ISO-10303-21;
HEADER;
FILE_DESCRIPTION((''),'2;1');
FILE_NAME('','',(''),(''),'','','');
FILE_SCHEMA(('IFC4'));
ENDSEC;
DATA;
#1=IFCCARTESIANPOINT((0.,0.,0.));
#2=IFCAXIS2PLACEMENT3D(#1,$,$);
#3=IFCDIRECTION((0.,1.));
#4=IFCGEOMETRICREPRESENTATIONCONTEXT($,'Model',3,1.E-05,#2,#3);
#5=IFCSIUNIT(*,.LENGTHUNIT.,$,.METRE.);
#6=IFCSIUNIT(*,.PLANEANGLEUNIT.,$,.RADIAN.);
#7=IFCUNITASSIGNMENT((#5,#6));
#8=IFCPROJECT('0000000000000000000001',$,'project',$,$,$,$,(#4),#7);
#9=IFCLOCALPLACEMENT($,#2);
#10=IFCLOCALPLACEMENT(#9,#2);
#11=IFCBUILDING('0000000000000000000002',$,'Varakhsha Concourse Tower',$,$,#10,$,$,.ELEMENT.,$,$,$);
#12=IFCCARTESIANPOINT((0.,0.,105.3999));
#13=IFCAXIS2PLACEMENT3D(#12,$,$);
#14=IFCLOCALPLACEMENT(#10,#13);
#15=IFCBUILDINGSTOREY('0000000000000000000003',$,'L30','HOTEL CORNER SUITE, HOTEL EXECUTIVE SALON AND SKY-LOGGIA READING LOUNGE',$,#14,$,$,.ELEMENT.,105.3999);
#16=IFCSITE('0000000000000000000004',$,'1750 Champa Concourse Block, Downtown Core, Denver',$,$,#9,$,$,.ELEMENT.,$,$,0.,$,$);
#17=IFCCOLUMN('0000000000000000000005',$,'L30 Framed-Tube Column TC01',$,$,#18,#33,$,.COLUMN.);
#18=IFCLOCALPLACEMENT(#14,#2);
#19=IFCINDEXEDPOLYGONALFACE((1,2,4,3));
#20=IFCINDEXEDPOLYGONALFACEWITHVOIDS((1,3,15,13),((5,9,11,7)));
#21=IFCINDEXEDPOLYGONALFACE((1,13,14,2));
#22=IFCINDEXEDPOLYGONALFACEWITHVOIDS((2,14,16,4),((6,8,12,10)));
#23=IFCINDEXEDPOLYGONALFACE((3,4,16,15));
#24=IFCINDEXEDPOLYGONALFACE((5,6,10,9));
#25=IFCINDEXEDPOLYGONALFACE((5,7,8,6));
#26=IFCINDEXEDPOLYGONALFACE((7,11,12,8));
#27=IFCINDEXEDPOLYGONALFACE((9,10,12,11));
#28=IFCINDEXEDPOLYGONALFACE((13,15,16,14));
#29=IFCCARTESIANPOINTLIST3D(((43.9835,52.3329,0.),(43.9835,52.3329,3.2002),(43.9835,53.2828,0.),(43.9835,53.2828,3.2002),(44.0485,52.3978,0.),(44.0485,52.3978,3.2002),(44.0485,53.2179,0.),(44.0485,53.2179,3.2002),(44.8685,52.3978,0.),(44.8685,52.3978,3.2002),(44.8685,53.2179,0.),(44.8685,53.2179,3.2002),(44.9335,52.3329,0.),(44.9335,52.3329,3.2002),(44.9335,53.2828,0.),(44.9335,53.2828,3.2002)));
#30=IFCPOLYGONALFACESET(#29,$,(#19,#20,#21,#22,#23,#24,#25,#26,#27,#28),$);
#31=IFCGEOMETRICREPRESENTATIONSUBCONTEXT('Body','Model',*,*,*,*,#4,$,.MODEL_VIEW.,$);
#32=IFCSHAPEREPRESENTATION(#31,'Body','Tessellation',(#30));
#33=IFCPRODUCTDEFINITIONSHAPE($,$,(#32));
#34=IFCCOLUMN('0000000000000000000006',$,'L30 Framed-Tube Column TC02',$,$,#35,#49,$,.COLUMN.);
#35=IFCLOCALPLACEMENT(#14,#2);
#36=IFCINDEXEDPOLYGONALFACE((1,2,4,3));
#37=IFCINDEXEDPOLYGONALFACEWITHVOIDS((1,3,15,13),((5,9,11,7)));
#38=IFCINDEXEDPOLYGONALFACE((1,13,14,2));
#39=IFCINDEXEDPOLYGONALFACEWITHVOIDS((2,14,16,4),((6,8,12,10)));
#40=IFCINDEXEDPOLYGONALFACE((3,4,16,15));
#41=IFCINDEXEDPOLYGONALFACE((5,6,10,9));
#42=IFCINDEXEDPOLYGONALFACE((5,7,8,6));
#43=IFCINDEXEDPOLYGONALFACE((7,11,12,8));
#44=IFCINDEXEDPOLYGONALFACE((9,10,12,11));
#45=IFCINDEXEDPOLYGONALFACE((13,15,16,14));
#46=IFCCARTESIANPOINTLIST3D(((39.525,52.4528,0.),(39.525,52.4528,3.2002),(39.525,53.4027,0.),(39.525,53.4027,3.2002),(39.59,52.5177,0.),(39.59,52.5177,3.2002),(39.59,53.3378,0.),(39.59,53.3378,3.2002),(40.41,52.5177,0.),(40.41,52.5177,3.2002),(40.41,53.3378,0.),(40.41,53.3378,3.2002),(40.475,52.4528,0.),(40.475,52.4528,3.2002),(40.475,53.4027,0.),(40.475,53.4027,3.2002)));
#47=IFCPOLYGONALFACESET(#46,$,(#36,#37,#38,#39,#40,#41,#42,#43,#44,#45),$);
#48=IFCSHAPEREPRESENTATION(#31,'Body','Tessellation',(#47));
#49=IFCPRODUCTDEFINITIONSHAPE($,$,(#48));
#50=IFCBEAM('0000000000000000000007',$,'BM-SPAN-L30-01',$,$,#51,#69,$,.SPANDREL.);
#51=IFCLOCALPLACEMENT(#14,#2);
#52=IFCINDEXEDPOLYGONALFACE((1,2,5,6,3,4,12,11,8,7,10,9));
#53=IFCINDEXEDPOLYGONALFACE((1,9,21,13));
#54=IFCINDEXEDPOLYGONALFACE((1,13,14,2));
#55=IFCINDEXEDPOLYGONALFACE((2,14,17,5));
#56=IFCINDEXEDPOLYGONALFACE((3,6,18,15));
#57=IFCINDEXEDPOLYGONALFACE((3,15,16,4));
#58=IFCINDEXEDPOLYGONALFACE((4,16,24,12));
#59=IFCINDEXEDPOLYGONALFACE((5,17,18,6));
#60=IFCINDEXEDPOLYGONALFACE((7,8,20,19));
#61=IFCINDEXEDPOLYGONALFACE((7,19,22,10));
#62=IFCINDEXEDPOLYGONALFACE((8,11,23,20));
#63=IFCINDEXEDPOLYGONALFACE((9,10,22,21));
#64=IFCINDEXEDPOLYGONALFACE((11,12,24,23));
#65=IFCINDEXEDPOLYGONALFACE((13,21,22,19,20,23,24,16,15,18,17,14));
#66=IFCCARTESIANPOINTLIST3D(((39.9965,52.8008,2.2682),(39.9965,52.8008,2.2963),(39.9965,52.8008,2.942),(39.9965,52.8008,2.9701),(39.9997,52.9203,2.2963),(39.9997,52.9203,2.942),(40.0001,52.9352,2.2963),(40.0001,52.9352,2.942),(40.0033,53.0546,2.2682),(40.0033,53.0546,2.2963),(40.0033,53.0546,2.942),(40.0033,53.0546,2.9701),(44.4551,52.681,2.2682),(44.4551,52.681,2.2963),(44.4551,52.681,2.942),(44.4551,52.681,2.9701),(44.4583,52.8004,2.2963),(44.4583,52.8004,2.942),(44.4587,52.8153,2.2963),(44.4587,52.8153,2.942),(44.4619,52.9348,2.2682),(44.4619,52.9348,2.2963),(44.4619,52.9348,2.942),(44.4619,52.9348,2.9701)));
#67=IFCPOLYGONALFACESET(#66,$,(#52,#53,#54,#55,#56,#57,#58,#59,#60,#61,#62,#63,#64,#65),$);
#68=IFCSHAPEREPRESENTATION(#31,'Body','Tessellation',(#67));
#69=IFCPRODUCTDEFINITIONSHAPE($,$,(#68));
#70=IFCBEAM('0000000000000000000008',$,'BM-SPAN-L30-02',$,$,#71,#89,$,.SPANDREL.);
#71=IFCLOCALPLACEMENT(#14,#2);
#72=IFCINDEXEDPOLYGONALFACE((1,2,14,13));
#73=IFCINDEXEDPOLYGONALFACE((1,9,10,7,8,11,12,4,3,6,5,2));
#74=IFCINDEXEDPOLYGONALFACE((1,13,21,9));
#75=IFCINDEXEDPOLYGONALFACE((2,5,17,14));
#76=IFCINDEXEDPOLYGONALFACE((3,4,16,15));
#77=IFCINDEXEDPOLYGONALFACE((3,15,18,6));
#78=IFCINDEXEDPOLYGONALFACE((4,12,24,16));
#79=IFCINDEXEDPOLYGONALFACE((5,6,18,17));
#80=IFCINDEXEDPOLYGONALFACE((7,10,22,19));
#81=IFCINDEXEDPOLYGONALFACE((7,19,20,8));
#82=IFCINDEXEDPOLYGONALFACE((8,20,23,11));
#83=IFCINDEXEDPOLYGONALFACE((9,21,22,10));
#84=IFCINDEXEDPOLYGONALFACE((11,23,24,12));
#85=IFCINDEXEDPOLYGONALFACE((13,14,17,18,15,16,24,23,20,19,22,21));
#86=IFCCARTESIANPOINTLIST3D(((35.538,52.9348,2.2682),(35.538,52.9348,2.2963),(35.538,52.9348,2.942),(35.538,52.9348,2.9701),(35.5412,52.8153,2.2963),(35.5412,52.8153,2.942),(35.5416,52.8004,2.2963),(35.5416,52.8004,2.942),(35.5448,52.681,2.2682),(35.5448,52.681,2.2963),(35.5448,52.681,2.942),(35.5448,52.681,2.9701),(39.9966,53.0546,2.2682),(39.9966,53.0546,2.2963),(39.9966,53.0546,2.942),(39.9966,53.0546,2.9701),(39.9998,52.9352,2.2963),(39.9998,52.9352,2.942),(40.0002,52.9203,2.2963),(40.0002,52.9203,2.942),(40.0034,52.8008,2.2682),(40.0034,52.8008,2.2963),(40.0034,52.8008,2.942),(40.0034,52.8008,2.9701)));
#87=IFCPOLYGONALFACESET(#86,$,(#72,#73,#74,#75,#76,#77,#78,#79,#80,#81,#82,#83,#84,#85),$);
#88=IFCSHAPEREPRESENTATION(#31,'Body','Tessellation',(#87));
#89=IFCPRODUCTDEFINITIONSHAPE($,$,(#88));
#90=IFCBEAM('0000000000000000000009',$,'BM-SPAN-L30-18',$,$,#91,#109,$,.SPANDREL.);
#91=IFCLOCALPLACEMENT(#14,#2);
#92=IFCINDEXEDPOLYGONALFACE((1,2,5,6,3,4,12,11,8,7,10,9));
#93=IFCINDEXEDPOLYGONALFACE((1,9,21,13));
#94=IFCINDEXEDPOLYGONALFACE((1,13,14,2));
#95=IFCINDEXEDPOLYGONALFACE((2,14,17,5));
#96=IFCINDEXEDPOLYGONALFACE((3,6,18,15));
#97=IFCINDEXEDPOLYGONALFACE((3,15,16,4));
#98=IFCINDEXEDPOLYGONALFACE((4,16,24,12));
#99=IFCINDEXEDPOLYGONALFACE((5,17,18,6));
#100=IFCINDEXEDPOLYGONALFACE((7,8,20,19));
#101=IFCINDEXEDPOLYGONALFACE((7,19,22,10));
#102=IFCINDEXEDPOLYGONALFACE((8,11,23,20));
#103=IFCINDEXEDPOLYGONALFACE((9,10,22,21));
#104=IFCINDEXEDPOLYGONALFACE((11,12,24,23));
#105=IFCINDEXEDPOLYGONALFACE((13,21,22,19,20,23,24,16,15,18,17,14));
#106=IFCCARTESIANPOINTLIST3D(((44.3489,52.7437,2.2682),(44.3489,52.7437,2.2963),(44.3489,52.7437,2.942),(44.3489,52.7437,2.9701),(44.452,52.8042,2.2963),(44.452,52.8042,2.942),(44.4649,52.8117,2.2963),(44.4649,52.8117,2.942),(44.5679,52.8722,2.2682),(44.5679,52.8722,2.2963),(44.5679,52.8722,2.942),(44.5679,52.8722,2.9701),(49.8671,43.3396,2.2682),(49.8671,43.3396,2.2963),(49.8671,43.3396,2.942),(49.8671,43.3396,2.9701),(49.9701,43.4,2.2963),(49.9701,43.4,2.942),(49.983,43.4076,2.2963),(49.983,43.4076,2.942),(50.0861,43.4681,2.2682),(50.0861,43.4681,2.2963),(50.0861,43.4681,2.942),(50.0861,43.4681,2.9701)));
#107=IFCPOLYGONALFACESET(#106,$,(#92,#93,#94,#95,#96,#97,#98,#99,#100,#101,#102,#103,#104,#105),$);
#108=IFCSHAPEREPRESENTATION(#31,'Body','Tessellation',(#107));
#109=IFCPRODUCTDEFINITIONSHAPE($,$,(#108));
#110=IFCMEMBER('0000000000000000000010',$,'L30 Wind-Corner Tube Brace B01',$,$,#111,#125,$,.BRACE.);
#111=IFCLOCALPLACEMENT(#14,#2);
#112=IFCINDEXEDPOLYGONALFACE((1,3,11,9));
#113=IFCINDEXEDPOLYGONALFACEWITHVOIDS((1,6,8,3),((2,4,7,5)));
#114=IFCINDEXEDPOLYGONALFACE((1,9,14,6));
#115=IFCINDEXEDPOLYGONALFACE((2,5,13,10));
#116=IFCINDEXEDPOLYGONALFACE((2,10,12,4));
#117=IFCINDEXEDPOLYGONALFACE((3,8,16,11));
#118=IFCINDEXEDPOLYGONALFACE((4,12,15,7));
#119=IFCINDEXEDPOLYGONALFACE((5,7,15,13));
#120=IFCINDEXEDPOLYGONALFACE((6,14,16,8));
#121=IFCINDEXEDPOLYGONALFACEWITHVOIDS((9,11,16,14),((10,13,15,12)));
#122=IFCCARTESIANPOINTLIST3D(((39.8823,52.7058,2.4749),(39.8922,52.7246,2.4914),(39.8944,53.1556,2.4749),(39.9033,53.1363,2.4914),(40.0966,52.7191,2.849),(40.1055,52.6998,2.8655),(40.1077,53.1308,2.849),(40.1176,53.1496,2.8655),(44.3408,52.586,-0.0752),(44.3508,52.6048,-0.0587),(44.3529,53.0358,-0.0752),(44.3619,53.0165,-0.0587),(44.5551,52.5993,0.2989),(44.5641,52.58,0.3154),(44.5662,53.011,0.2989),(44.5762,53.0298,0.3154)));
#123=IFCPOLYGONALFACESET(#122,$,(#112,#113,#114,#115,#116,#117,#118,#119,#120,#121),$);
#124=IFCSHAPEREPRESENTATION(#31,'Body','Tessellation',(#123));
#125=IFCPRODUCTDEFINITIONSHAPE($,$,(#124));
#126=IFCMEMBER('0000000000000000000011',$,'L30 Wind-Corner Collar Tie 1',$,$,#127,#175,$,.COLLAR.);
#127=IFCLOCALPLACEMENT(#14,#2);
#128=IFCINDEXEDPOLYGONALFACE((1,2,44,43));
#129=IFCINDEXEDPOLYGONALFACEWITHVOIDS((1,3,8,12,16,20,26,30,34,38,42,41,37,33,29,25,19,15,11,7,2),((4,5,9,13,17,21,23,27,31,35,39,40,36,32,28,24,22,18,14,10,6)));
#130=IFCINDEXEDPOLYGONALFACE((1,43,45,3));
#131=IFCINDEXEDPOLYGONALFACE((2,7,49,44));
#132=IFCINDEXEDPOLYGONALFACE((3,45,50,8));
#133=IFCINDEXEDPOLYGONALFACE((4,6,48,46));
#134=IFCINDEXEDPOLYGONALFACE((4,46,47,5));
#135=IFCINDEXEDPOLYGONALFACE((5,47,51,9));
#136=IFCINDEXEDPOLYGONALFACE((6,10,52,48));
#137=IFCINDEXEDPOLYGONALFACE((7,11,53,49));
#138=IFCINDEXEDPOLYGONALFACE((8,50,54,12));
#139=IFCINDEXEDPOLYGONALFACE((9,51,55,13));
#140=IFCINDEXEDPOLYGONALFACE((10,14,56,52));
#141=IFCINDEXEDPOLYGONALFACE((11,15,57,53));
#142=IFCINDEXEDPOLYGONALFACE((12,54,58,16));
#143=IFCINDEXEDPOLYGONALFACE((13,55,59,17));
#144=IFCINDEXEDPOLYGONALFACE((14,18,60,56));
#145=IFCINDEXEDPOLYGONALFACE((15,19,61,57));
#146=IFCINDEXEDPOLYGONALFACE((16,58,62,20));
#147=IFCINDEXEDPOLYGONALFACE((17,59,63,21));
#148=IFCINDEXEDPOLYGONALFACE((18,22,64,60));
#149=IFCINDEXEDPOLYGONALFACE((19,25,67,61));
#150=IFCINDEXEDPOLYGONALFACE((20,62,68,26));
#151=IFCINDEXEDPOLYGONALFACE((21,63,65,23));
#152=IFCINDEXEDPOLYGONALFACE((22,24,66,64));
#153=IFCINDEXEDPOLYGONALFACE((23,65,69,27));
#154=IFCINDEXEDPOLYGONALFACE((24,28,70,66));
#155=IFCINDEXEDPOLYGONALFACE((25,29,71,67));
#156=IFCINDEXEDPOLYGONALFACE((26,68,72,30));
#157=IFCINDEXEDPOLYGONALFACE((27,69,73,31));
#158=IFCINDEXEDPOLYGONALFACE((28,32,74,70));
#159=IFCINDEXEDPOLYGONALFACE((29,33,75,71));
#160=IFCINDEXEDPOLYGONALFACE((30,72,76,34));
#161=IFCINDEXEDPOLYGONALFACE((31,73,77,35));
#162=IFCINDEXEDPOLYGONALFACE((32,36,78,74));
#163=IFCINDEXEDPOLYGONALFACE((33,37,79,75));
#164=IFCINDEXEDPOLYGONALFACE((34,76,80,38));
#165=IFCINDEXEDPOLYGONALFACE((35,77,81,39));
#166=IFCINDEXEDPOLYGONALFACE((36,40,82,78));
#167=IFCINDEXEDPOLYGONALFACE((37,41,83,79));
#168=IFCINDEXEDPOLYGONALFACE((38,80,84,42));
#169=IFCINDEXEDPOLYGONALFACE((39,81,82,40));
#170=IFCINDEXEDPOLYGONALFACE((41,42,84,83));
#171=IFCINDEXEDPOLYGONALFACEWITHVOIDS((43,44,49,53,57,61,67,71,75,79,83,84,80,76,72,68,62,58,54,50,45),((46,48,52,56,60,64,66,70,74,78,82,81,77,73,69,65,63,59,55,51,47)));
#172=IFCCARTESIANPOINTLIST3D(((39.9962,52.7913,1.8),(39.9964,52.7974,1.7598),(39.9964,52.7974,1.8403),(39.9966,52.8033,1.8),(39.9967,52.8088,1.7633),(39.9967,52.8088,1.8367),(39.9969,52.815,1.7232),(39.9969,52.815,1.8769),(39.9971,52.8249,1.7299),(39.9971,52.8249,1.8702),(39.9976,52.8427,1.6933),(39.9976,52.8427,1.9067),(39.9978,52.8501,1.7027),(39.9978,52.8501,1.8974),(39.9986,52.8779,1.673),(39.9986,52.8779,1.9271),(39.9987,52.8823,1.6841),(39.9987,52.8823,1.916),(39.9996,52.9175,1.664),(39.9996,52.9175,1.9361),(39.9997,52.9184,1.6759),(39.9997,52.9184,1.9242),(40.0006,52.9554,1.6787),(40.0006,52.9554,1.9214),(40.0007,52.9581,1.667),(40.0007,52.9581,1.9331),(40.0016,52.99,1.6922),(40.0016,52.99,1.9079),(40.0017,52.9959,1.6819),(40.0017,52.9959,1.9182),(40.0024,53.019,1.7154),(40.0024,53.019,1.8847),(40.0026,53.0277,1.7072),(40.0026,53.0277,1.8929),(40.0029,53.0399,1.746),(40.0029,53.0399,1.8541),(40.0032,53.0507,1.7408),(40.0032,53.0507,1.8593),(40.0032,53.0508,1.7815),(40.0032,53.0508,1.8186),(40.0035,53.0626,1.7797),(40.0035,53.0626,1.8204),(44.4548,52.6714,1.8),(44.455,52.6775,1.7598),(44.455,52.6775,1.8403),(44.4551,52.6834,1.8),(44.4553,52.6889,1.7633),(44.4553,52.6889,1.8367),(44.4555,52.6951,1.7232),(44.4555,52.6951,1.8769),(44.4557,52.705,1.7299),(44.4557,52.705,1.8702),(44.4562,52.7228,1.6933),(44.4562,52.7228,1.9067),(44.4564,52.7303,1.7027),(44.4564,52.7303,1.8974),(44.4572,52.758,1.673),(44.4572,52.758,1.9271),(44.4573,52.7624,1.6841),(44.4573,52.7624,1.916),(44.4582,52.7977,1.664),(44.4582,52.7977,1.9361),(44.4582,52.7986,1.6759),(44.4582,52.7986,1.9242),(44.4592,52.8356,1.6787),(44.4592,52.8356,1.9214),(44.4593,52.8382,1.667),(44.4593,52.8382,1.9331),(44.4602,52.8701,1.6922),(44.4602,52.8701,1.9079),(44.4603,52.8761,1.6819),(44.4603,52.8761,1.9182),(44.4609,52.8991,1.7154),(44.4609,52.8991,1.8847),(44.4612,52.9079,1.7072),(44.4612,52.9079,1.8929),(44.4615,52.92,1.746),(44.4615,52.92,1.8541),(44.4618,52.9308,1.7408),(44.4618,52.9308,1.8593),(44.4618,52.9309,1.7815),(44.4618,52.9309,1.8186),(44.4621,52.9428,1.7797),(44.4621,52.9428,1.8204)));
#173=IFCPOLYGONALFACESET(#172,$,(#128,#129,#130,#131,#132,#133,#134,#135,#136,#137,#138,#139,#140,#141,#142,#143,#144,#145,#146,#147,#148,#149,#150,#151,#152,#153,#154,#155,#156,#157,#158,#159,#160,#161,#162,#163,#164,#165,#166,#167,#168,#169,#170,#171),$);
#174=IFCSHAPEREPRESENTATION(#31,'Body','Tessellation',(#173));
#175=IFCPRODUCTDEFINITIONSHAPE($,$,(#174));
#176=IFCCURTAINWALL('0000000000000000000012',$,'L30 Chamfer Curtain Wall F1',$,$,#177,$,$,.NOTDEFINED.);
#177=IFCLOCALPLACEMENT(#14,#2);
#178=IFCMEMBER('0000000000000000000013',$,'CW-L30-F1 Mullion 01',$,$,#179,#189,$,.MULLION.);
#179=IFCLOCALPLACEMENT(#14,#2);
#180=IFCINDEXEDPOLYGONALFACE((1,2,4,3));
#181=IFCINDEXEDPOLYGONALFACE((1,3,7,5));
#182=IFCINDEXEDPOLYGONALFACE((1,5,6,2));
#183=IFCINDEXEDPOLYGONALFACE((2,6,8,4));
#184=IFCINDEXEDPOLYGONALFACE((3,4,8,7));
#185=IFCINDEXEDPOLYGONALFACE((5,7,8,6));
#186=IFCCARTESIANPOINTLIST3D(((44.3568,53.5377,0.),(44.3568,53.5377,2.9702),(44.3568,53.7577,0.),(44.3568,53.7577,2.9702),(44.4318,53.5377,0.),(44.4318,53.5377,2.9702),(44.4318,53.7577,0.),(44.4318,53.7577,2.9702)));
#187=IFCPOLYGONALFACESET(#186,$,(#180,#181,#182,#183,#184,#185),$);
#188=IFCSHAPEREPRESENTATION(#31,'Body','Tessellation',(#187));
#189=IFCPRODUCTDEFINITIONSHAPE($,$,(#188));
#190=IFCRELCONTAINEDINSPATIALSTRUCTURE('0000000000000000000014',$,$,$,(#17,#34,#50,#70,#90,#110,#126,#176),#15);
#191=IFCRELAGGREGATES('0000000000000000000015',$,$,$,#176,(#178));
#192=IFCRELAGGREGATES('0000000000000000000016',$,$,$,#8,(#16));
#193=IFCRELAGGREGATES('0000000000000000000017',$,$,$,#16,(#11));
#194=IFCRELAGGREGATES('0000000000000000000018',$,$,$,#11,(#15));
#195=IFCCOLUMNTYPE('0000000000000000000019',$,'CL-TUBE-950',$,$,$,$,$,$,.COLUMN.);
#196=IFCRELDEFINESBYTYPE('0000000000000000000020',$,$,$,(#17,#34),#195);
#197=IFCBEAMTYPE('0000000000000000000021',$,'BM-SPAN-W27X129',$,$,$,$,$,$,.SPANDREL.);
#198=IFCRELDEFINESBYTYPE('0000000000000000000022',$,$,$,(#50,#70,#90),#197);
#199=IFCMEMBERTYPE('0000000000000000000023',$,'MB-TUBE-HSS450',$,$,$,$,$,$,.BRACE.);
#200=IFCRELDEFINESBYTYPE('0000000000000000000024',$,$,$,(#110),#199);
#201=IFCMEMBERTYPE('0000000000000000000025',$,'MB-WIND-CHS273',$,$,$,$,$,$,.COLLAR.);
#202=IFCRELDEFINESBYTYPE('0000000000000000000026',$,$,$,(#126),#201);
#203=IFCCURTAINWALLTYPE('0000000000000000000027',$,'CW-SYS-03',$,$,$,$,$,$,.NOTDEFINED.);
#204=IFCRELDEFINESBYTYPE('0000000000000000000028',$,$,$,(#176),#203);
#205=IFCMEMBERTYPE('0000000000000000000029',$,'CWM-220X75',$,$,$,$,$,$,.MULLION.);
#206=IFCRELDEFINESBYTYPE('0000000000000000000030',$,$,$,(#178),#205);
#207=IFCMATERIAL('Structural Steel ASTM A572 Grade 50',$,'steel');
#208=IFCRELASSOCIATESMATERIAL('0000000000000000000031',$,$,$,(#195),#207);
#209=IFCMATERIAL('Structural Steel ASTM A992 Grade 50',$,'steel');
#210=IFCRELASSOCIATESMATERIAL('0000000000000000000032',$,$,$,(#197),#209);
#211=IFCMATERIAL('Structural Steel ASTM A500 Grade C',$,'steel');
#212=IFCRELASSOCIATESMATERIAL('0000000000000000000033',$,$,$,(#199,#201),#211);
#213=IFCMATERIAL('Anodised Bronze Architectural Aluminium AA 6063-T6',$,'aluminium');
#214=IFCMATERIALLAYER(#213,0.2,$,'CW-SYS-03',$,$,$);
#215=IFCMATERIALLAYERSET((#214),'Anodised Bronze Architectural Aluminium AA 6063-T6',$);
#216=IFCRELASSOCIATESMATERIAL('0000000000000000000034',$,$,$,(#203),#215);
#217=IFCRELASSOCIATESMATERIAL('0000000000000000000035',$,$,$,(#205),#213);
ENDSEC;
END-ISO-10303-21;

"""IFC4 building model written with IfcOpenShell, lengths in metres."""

from ifc_helpers import new_model, si_unit, direction, frame, origin, origin_2d, place, context, subcontext, project, spatial, rectangle, hollow_rectangle, hollow_circle, i_section, extrude, source, transform, mapped, material, layer, layer_set, material_profile, profile_set, type_object, type_shapes, element, aggregate, save


model = new_model("IFC4")

# Units and contexts
model_context = context("Model", 3, precision=1e-05, world=origin(), true_north=direction((0.0, 1.0)))
body_context = subcontext(model_context, "Body", "Model", "MODEL_VIEW")
ifc_project = project(units=[si_unit("LENGTHUNIT", "METRE"), si_unit("PLANEANGLEUNIT", "RADIAN")], contexts=[model_context])

# Site, building, storey
site_placement = place(None, origin())
site = spatial("IfcSite", under=ifc_project, at=site_placement, Name="1750 Champa Concourse Block, Downtown Core, Denver", CompositionType="ELEMENT", RefElevation=0.0)
building_placement = place(site_placement, origin())
building = spatial("IfcBuilding", under=site, at=building_placement, Name="Varakhsha Concourse Tower", CompositionType="ELEMENT")
storey_placement = place(building_placement, frame((0.0, 0.0, 105.3999)))
storey = spatial("IfcBuildingStorey", under=building, at=storey_placement, Name="L30", Description="HOTEL CORNER SUITE, HOTEL EXECUTIVE SALON AND SKY-LOGGIA READING LOUNGE", CompositionType="ELEMENT", Elevation=105.3999)

# Columns
ifc_material_1 = material(Name="Structural Steel ASTM A572 Grade 50", Category="steel")
ifc_material_profile_1 = material_profile(ifc_material_1, hollow_rectangle(XDim=0.95, YDim=0.95, WallThickness=0.0649, at=origin_2d()), Name="BOX 950x950x65")
ifc_profile_set_1 = profile_set([ifc_material_profile_1], Name="Structural Steel ASTM A572 Grade 50")
column_type = type_object("IfcColumnType", Name="CL-TUBE-950", PredefinedType="COLUMN", material=ifc_profile_set_1)
for number, where, z_axis, x_axis, name in (
    (1, (44.4585, 52.8079, 0.0), (0.0, 0.0, 1.0), (1.0, 0.0, 0.0), "L30 Framed-Tube Column TC01"),
    (2, (40.0, 52.9277, 0.0), (0.0, 0.0, 1.0), (1.0, 0.0, 0.0), "L30 Framed-Tube Column TC02"),
):
    element("IfcColumn", number, at=place(storey_placement, frame(where, z_axis=z_axis, x_axis=x_axis)), inside=storey, type_object=column_type, Name=name, PredefinedType="COLUMN", context=body_context, shape_type="SweptSolid", body=[
        extrude(hollow_rectangle(XDim=0.95, YDim=0.95, WallThickness=0.0649, at=origin_2d()), origin(), (0.0, 0.0, 1.0), 3.2002),
    ])

# Beams
ifc_material_2 = material(Name="Structural Steel ASTM A992 Grade 50", Category="steel")
ifc_material_profile_2 = material_profile(ifc_material_2, i_section(OverallWidth=0.2539, OverallDepth=0.7019, WebThickness=0.0149, FlangeThickness=0.0281, at=origin_2d()), Name="W27X129")
ifc_profile_set_2 = profile_set([ifc_material_profile_2], Name="Structural Steel ASTM A992 Grade 50")
beam_type = type_object("IfcBeamType", Name="BM-SPAN-W27X129", PredefinedType="SPANDREL", material=ifc_profile_set_2)
for number, where, z_axis, x_axis, name in (
    (3, (44.4585, 52.8079, 2.6191), (-0.999639, 0.026877, 0.0), (-0.026877, -0.999639, 0.0), "BM-SPAN-L30-01"),
    (4, (40.0, 52.9277, 2.6191), (-0.999639, -0.026877, 0.0), (0.026877, -0.999639, 0.0), "BM-SPAN-L30-02"),
):
    element("IfcBeam", number, at=place(storey_placement, frame(where, z_axis=z_axis, x_axis=x_axis)), inside=storey, type_object=beam_type, Name=name, PredefinedType="SPANDREL", context=body_context, shape_type="SweptSolid", body=[
        extrude(i_section(OverallWidth=0.2539, OverallDepth=0.7019, WebThickness=0.0149, FlangeThickness=0.0281, at=origin_2d()), origin(), (0.0, 0.0, 1.0), 4.4602),
    ])
beam_placement = place(storey_placement, frame((49.9766, 43.4038, 2.6191), z_axis=(-0.506084, 0.862484, 0.0), x_axis=(-0.862484, -0.506084, 0.0)))
element("IfcBeam", 5, at=beam_placement, inside=storey, type_object=beam_type, Name="BM-SPAN-L30-18", PredefinedType="SPANDREL", context=body_context, shape_type="SweptSolid", body=[
    extrude(i_section(OverallWidth=0.2539, OverallDepth=0.7019, WebThickness=0.0149, FlangeThickness=0.0281, at=origin_2d()), origin(), (0.0, 0.0, 1.0), 10.9036),
])

# Members
ifc_material_3 = material(Name="Structural Steel ASTM A500 Grade C", Category="steel")
ifc_material_profile_3 = material_profile(ifc_material_3, hollow_rectangle(XDim=0.45, YDim=0.45, WallThickness=0.019, at=origin_2d()), Name="HSS 450x450x19")
ifc_profile_set_3 = profile_set([ifc_material_profile_3], Name="Structural Steel ASTM A500 Grade C")
member_type_1 = type_object("IfcMemberType", Name="MB-TUBE-HSS450", PredefinedType="BRACE", material=ifc_profile_set_3)
shared_shape_1 = source(origin(), body_context, "Body", "SweptSolid", [
    extrude(hollow_rectangle(XDim=0.45, YDim=0.45, WallThickness=0.019, at=origin_2d()), origin(), (0.0, 0.0, 1.0), 5.1377),
])
type_shapes(member_type_1, [shared_shape_1])
member_1_placement = place(storey_placement, frame((44.4585, 52.8079, 0.1201), z_axis=(-0.867811, 0.023332, 0.496347), x_axis=(-0.026877, -0.999639, 0.0)))
element("IfcMember", 6, at=member_1_placement, inside=storey, type_object=member_type_1, Name="L30 Wind-Corner Tube Brace B01", PredefinedType="BRACE", context=body_context, shape_type="MappedRepresentation", body=[
    mapped(shared_shape_1, transform((0.0, 0.0, 0.0), scale=1.0)),
])
ifc_material_profile_4 = material_profile(ifc_material_3, hollow_circle(Radius=0.1365, WallThickness=0.012, at=origin_2d()), Name="CHS 273x12")
ifc_profile_set_4 = profile_set([ifc_material_profile_4], Name="Structural Steel ASTM A500 Grade C")
member_type_2 = type_object("IfcMemberType", Name="MB-WIND-CHS273", PredefinedType="COLLAR", material=ifc_profile_set_4)
shared_shape_2 = source(origin(), body_context, "Body", "SweptSolid", [
    extrude(hollow_circle(Radius=0.1365, WallThickness=0.012, at=origin_2d()), origin(), (0.0, 0.0, 1.0), 4.4602),
])
type_shapes(member_type_2, [shared_shape_2])
member_2_placement = place(storey_placement, frame((44.4585, 52.8079, 1.8), z_axis=(-0.999639, 0.026877, 0.0), x_axis=(-0.026877, -0.999639, 0.0)))
element("IfcMember", 7, at=member_2_placement, inside=storey, type_object=member_type_2, Name="L30 Wind-Corner Collar Tie 1", PredefinedType="COLLAR", context=body_context, shape_type="MappedRepresentation", body=[
    mapped(shared_shape_2, transform((0.0, 0.0, 0.0), scale=1.0)),
])

# Curtain wall, member
ifc_material_4 = material(Name="Anodised Bronze Architectural Aluminium AA 6063-T6", Category="aluminium")
ifc_layer_1 = layer(ifc_material_4, 0.2, Name="CW-SYS-03")
ifc_layer_set_1 = layer_set([ifc_layer_1], Name="Anodised Bronze Architectural Aluminium AA 6063-T6")
curtain_wall_type = type_object("IfcCurtainWallType", Name="CW-SYS-03", PredefinedType="NOTDEFINED", material=ifc_layer_set_1)
curtain_wall_1_placement = place(storey_placement, origin())
curtain_wall_1 = element("IfcCurtainWall", 8, at=curtain_wall_1_placement, inside=storey, type_object=curtain_wall_type, Name="L30 Chamfer Curtain Wall F1", PredefinedType="NOTDEFINED")
ifc_material_profile_5 = material_profile(ifc_material_4, rectangle(XDim=0.075, YDim=0.22, at=origin_2d()), Name="CWM-220X75")
ifc_profile_set_5 = profile_set([ifc_material_profile_5], Name="Anodised Bronze Architectural Aluminium AA 6063-T6")
member_type_3 = type_object("IfcMemberType", Name="CWM-220X75", PredefinedType="MULLION", material=ifc_profile_set_5)
shared_shape_3 = source(origin(), body_context, "Body", "SweptSolid", [
    extrude(rectangle(XDim=0.075, YDim=0.22, at=origin_2d()), origin(), (0.0, 0.0, 1.0), 2.9702),
])
type_shapes(member_type_3, [shared_shape_3])
member_3_placement = place(storey_placement, frame((44.3943, 53.6477, 0.0), z_axis=(0.0, 0.0, 1.0), x_axis=(1.0, 0.0, 0.0)))
member_3 = element("IfcMember", 9, at=member_3_placement, type_object=member_type_3, Name="CW-L30-F1 Mullion 01", PredefinedType="MULLION", context=body_context, shape_type="MappedRepresentation", body=[
    mapped(shared_shape_3, transform((0.0, 0.0, 0.0), scale=1.0)),
])

aggregate(curtain_wall_1, [member_3])

save(model, "model.ifc")
